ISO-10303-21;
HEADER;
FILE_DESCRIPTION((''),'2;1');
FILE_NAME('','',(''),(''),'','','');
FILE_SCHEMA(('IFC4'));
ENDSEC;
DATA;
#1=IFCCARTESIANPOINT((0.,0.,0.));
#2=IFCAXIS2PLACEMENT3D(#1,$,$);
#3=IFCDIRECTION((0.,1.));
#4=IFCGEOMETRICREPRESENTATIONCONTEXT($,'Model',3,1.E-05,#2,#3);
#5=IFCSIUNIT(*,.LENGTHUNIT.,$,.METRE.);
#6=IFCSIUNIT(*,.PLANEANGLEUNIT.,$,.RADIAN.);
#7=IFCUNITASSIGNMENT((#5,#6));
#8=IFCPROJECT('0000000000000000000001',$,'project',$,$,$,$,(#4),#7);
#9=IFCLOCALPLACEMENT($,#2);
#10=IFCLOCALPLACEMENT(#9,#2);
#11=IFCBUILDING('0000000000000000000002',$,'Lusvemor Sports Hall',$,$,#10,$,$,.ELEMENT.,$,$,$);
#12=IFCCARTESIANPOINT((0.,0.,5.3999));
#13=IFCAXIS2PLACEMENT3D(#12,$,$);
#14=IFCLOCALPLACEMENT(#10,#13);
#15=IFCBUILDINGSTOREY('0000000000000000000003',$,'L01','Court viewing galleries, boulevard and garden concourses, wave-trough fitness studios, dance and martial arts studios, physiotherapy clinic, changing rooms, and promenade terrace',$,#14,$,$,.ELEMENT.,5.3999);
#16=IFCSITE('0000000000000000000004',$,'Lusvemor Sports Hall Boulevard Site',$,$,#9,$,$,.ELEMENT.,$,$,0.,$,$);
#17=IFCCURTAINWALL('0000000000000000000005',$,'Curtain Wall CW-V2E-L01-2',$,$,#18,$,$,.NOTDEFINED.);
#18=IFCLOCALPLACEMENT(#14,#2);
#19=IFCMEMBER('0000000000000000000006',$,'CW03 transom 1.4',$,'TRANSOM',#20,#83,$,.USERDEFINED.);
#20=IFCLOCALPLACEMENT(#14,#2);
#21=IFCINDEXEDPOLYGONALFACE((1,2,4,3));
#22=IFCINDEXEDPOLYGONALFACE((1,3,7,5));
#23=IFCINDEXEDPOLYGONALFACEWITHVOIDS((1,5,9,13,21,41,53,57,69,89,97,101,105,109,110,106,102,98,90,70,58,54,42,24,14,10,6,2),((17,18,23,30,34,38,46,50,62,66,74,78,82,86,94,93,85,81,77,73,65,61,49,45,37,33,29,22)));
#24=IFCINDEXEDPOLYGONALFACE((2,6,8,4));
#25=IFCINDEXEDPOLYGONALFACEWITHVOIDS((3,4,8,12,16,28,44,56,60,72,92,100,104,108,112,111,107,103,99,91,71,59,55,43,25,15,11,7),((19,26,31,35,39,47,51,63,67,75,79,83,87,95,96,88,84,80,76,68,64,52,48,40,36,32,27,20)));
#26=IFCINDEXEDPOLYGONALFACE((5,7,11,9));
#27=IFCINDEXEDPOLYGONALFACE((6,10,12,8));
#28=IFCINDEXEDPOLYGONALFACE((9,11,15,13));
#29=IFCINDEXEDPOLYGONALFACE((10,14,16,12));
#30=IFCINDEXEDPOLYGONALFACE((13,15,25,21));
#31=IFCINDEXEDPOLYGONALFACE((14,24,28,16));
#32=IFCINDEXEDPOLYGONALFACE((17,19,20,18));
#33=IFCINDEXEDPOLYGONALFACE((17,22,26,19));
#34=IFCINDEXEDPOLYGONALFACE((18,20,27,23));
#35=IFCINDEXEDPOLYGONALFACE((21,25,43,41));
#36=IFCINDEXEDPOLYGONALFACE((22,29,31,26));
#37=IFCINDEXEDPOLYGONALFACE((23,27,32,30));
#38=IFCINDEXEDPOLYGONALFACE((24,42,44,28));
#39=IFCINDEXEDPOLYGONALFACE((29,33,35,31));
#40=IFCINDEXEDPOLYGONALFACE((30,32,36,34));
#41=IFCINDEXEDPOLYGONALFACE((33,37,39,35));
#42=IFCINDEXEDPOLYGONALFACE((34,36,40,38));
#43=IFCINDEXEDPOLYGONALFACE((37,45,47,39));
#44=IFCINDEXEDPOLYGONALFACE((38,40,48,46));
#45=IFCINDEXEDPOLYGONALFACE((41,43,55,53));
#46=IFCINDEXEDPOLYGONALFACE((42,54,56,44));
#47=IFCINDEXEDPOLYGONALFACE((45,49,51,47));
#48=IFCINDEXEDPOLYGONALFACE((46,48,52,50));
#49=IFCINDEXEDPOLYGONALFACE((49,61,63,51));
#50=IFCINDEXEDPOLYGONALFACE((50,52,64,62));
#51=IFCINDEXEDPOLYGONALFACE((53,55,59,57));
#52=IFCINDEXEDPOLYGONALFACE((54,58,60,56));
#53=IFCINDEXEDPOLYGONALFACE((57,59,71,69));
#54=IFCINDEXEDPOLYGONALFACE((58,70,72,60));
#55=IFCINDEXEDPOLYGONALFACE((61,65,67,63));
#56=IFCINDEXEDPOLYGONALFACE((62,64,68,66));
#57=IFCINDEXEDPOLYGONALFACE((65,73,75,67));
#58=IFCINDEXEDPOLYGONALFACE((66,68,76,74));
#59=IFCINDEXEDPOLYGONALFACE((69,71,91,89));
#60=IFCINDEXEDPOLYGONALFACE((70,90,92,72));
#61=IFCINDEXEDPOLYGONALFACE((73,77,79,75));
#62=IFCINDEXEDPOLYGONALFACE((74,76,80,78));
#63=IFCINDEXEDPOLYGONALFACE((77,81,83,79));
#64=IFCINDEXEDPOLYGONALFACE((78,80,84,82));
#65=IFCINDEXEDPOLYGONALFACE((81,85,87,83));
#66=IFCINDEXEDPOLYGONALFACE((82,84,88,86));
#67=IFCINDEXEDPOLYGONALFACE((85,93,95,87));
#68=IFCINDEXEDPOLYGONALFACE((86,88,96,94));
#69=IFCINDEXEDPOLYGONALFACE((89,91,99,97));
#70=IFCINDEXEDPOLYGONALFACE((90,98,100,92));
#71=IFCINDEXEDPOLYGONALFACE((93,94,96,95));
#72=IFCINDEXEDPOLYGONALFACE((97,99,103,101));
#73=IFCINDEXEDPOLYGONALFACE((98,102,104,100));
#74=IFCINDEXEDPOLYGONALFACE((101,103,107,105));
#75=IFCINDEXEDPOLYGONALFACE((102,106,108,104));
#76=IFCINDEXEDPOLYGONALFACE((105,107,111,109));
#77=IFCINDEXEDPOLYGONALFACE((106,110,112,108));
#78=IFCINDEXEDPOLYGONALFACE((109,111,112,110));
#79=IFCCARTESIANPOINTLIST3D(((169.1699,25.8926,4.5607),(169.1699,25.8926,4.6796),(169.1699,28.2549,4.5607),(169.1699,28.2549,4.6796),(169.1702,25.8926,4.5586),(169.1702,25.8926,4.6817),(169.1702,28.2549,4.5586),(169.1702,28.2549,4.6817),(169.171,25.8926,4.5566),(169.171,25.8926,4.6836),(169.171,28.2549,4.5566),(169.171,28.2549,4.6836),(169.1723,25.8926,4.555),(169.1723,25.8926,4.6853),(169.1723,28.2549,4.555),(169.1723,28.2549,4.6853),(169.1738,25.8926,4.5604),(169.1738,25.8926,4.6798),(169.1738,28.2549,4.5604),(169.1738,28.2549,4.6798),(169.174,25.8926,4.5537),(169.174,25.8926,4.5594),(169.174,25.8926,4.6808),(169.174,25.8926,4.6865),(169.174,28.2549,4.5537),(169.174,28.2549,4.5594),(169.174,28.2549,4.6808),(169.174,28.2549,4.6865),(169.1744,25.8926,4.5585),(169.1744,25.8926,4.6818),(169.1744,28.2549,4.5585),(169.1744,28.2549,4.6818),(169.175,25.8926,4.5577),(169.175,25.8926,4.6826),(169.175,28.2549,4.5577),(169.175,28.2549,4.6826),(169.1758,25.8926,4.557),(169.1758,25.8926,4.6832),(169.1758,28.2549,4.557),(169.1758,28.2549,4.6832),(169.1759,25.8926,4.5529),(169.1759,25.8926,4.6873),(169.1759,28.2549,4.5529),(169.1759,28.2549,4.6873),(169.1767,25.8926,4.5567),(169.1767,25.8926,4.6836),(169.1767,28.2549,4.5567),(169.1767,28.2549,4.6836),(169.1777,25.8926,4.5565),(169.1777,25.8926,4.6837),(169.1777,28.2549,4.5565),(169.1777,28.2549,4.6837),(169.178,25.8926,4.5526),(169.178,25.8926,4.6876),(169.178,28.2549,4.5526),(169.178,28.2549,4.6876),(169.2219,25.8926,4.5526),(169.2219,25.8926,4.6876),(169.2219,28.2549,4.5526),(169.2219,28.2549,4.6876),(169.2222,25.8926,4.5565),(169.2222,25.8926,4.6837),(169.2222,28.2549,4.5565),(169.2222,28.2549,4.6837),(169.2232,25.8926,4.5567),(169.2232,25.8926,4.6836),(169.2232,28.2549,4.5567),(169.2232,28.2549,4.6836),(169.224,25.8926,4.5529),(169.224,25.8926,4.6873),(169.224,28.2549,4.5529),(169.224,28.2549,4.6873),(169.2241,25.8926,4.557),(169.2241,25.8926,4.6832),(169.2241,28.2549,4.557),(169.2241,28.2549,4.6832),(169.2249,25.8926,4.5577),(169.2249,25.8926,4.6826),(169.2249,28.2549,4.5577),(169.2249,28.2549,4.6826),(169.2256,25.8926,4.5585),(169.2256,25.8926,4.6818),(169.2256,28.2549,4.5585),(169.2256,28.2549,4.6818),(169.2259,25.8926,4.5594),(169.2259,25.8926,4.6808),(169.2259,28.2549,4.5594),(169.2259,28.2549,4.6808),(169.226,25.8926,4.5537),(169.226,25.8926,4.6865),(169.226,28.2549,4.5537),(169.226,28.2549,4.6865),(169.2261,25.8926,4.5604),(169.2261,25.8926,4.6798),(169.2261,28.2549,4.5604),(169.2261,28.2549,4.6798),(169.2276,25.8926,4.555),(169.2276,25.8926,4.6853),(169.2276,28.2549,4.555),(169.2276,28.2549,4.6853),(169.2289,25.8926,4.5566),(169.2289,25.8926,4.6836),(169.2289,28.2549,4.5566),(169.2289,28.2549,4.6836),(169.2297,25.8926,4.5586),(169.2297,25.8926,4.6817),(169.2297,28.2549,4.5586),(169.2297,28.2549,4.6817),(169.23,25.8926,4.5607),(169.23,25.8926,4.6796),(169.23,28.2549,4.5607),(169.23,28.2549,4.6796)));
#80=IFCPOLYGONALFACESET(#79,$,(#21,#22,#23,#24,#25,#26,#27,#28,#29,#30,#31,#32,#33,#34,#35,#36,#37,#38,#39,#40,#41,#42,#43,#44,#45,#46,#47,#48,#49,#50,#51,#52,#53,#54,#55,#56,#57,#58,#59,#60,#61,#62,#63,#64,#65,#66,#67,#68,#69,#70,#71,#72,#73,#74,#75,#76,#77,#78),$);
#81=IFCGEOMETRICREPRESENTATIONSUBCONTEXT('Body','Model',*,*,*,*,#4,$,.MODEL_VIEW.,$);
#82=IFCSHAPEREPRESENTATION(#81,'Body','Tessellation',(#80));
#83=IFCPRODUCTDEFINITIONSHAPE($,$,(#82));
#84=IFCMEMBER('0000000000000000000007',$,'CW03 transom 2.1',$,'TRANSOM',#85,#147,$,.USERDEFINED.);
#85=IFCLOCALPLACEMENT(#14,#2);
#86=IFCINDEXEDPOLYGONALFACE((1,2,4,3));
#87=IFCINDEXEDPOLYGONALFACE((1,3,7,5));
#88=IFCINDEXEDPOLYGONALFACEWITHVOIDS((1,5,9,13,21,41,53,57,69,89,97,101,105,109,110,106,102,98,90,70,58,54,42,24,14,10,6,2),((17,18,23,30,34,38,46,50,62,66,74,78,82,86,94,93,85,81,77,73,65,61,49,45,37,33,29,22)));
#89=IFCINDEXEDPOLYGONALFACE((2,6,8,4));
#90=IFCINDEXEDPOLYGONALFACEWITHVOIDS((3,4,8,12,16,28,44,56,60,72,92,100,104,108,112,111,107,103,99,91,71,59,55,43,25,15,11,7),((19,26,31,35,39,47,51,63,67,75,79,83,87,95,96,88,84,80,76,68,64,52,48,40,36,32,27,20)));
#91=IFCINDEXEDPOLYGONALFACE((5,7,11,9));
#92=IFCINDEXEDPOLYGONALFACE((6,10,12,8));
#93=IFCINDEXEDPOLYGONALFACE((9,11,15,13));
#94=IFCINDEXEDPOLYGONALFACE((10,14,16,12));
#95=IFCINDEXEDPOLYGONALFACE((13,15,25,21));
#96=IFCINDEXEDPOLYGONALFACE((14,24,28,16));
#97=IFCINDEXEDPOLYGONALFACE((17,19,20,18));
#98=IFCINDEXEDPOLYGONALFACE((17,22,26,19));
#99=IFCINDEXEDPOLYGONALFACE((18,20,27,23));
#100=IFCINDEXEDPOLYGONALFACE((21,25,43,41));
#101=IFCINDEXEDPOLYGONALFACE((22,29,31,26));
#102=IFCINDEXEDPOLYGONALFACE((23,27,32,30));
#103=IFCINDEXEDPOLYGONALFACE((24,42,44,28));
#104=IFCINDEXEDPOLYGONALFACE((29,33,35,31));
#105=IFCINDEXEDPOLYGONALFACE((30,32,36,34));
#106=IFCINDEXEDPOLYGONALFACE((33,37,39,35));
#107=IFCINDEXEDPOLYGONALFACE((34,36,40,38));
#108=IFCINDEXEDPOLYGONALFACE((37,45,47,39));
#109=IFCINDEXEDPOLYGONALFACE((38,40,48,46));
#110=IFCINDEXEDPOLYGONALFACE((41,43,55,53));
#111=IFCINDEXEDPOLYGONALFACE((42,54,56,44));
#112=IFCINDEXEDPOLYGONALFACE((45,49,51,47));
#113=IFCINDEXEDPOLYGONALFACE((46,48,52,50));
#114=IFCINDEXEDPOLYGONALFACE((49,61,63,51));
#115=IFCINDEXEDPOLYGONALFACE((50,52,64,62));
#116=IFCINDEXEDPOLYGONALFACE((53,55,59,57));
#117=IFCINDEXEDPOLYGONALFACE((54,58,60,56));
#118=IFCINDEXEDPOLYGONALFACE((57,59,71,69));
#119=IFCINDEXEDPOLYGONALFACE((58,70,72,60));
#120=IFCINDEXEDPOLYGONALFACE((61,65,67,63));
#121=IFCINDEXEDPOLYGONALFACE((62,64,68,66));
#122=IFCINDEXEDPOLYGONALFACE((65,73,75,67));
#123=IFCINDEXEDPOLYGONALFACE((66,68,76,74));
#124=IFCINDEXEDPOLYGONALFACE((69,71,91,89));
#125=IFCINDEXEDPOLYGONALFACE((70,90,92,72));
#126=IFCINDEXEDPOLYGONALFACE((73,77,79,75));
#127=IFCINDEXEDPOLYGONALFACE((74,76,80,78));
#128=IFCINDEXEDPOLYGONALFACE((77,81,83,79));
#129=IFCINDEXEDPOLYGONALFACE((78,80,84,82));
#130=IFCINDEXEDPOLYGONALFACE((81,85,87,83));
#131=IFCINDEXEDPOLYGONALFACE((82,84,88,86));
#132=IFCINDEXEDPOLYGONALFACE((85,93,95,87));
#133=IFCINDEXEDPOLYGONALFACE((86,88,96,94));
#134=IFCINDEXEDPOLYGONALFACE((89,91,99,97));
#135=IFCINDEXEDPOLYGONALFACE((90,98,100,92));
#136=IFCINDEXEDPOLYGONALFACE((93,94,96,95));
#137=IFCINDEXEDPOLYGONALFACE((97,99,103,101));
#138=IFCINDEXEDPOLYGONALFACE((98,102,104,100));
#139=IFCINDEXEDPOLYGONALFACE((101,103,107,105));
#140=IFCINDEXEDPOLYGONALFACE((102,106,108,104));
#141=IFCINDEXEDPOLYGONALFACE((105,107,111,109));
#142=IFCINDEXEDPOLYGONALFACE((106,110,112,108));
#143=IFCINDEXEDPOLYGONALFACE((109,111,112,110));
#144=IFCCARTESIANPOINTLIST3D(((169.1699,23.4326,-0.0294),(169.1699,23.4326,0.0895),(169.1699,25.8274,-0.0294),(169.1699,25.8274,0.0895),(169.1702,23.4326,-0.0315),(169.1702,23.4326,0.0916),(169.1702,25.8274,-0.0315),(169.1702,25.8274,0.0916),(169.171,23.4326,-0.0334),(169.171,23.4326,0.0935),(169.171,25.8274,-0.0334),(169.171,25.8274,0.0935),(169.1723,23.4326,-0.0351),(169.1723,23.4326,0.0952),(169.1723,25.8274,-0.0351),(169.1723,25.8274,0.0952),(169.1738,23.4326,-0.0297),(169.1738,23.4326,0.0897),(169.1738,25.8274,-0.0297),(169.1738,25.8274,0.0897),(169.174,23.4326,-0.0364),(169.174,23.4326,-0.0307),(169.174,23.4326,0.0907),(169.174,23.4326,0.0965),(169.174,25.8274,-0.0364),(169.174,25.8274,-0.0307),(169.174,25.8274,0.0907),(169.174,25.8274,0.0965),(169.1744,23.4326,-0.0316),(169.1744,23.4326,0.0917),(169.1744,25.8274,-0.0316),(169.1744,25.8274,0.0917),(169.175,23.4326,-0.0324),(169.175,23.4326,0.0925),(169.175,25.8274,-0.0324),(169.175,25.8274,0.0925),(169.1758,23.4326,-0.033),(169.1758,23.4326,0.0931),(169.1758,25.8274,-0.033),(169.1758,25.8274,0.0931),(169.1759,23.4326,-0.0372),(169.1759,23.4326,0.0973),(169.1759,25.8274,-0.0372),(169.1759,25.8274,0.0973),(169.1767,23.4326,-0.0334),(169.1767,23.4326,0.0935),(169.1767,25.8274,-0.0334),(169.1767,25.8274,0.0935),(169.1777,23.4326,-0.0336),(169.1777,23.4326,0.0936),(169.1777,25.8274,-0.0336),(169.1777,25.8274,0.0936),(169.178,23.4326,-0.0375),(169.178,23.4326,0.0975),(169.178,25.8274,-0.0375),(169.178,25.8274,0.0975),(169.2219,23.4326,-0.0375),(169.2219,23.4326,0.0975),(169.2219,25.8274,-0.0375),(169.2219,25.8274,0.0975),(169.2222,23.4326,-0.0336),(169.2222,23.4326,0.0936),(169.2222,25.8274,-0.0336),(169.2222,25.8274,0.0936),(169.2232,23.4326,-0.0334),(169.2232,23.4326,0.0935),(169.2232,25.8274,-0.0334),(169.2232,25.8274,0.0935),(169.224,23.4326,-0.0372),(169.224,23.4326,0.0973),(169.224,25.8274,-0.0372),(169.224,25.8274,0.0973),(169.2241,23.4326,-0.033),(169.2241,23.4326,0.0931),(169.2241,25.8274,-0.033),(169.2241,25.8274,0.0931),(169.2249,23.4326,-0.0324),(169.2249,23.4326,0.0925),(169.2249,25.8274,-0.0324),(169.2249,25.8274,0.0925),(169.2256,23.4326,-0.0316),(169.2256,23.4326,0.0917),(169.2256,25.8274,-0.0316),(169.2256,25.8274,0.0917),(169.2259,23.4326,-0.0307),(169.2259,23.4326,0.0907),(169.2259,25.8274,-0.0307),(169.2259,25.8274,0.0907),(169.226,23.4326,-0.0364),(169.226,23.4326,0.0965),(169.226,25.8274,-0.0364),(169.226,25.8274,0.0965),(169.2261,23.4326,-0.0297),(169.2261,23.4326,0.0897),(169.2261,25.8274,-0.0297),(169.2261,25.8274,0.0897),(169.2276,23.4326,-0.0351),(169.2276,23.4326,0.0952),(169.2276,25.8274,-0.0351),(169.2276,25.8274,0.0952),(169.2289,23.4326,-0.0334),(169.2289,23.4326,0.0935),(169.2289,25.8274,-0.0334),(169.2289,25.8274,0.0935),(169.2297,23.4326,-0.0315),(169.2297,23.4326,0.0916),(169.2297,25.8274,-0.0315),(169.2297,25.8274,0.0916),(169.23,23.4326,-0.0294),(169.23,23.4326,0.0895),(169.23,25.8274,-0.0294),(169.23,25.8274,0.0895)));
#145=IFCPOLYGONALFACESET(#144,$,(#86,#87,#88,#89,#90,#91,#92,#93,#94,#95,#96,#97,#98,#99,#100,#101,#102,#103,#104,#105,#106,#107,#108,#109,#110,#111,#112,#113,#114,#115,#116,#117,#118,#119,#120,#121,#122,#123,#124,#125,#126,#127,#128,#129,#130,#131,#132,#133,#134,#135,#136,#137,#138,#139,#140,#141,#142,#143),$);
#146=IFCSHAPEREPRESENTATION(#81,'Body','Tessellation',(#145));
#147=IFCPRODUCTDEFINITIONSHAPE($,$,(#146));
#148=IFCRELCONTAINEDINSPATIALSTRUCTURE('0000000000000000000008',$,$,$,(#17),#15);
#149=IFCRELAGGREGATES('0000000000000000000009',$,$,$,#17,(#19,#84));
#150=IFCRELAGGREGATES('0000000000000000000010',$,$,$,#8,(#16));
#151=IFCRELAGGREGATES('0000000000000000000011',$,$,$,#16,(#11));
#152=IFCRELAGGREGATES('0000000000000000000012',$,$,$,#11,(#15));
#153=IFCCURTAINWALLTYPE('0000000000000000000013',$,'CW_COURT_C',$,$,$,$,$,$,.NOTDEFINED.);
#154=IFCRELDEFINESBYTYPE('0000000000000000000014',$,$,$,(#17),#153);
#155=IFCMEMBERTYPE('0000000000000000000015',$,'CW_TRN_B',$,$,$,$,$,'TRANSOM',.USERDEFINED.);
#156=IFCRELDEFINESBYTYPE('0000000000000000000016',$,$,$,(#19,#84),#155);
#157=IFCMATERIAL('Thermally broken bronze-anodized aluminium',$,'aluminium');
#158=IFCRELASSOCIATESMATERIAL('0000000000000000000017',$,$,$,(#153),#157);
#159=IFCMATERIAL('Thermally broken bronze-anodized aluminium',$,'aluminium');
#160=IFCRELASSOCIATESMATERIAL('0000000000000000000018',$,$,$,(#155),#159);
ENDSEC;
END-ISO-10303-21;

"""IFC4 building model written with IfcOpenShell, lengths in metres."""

from ifc_helpers import new_model, si_unit, direction, frame, origin, origin_2d, place, context, subcontext, project, spatial, hollow_rectangle, extrude, material, material_profile, profile_set, type_object, element, aggregate, save


model = new_model("IFC4")

# Units and contexts
model_context = context("Model", 3, precision=1e-05, world=origin(), true_north=direction((0.0, 1.0)))
body_context = subcontext(model_context, "Body", "Model", "MODEL_VIEW")
ifc_project = project(units=[si_unit("LENGTHUNIT", "METRE"), si_unit("PLANEANGLEUNIT", "RADIAN")], contexts=[model_context])

# Site, building, storey
site_placement = place(None, origin())
site = spatial("IfcSite", under=ifc_project, at=site_placement, Name="Lusvemor Sports Hall Boulevard Site", CompositionType="ELEMENT", RefElevation=0.0)
building_placement = place(site_placement, origin())
building = spatial("IfcBuilding", under=site, at=building_placement, Name="Lusvemor Sports Hall", CompositionType="ELEMENT")
storey_placement = place(building_placement, frame((0.0, 0.0, 5.3999)))
storey = spatial("IfcBuildingStorey", under=building, at=storey_placement, Name="L01", Description="Court viewing galleries, boulevard and garden concourses, wave-trough fitness studios, dance and martial arts studios, physiotherapy clinic, changing rooms, and promenade terrace", CompositionType="ELEMENT", Elevation=5.3999)

# Curtain wall, members
ifc_material_1 = material(Name="Thermally broken bronze-anodized aluminium", Category="aluminium")
curtain_wall_type = type_object("IfcCurtainWallType", Name="CW_COURT_C", PredefinedType="NOTDEFINED", material=ifc_material_1)
curtain_wall_placement = place(storey_placement, origin())
curtain_wall = element("IfcCurtainWall", 1, at=curtain_wall_placement, inside=storey, type_object=curtain_wall_type, Name="Curtain Wall CW-V2E-L01-2", PredefinedType="NOTDEFINED")
ifc_material_2 = material(Name="Thermally broken bronze-anodized aluminium", Category="aluminium")
ifc_material_profile_1 = material_profile(ifc_material_2, hollow_rectangle(XDim=0.0601, YDim=0.135, WallThickness=0.0039, InnerFilletRadius=0.0039, OuterFilletRadius=0.0081, at=origin_2d()), Name="CWTRN135x60x4")
ifc_profile_set_1 = profile_set([ifc_material_profile_1], Name="Thermally broken bronze-anodized aluminium")
member_type_1 = type_object("IfcMemberType", Name="CW_TRN_B", ElementType="TRANSOM", PredefinedType="USERDEFINED", material=ifc_profile_set_1)
member_1_placement = place(storey_placement, frame((169.2, 28.2549, 4.6201), z_axis=(0.0, -1.0, 0.0), x_axis=(1.0, 0.0, 0.0)))
member_1 = element("IfcMember", 2, at=member_1_placement, type_object=member_type_1, Name="CW03 transom 1.4", ObjectType="TRANSOM", PredefinedType="USERDEFINED", context=body_context, shape_type="SweptSolid", body=[
    extrude(hollow_rectangle(XDim=0.0601, YDim=0.135, WallThickness=0.0039, InnerFilletRadius=0.0039, OuterFilletRadius=0.0081, at=origin_2d()), origin(), (0.0, 0.0, 1.0), 2.3623),
])
member_2_placement = place(storey_placement, frame((169.2, 25.8274, 0.03), z_axis=(0.0, -1.0, 0.0), x_axis=(1.0, 0.0, 0.0)))
member_2 = element("IfcMember", 3, at=member_2_placement, type_object=member_type_1, Name="CW03 transom 2.1", ObjectType="TRANSOM", PredefinedType="USERDEFINED", context=body_context, shape_type="SweptSolid", body=[
    extrude(hollow_rectangle(XDim=0.0601, YDim=0.135, WallThickness=0.0039, InnerFilletRadius=0.0039, OuterFilletRadius=0.0081, at=origin_2d()), origin(), (0.0, 0.0, 1.0), 2.3948),
])
aggregate(curtain_wall, [member_1, member_2])

save(model, "model.ifc")
